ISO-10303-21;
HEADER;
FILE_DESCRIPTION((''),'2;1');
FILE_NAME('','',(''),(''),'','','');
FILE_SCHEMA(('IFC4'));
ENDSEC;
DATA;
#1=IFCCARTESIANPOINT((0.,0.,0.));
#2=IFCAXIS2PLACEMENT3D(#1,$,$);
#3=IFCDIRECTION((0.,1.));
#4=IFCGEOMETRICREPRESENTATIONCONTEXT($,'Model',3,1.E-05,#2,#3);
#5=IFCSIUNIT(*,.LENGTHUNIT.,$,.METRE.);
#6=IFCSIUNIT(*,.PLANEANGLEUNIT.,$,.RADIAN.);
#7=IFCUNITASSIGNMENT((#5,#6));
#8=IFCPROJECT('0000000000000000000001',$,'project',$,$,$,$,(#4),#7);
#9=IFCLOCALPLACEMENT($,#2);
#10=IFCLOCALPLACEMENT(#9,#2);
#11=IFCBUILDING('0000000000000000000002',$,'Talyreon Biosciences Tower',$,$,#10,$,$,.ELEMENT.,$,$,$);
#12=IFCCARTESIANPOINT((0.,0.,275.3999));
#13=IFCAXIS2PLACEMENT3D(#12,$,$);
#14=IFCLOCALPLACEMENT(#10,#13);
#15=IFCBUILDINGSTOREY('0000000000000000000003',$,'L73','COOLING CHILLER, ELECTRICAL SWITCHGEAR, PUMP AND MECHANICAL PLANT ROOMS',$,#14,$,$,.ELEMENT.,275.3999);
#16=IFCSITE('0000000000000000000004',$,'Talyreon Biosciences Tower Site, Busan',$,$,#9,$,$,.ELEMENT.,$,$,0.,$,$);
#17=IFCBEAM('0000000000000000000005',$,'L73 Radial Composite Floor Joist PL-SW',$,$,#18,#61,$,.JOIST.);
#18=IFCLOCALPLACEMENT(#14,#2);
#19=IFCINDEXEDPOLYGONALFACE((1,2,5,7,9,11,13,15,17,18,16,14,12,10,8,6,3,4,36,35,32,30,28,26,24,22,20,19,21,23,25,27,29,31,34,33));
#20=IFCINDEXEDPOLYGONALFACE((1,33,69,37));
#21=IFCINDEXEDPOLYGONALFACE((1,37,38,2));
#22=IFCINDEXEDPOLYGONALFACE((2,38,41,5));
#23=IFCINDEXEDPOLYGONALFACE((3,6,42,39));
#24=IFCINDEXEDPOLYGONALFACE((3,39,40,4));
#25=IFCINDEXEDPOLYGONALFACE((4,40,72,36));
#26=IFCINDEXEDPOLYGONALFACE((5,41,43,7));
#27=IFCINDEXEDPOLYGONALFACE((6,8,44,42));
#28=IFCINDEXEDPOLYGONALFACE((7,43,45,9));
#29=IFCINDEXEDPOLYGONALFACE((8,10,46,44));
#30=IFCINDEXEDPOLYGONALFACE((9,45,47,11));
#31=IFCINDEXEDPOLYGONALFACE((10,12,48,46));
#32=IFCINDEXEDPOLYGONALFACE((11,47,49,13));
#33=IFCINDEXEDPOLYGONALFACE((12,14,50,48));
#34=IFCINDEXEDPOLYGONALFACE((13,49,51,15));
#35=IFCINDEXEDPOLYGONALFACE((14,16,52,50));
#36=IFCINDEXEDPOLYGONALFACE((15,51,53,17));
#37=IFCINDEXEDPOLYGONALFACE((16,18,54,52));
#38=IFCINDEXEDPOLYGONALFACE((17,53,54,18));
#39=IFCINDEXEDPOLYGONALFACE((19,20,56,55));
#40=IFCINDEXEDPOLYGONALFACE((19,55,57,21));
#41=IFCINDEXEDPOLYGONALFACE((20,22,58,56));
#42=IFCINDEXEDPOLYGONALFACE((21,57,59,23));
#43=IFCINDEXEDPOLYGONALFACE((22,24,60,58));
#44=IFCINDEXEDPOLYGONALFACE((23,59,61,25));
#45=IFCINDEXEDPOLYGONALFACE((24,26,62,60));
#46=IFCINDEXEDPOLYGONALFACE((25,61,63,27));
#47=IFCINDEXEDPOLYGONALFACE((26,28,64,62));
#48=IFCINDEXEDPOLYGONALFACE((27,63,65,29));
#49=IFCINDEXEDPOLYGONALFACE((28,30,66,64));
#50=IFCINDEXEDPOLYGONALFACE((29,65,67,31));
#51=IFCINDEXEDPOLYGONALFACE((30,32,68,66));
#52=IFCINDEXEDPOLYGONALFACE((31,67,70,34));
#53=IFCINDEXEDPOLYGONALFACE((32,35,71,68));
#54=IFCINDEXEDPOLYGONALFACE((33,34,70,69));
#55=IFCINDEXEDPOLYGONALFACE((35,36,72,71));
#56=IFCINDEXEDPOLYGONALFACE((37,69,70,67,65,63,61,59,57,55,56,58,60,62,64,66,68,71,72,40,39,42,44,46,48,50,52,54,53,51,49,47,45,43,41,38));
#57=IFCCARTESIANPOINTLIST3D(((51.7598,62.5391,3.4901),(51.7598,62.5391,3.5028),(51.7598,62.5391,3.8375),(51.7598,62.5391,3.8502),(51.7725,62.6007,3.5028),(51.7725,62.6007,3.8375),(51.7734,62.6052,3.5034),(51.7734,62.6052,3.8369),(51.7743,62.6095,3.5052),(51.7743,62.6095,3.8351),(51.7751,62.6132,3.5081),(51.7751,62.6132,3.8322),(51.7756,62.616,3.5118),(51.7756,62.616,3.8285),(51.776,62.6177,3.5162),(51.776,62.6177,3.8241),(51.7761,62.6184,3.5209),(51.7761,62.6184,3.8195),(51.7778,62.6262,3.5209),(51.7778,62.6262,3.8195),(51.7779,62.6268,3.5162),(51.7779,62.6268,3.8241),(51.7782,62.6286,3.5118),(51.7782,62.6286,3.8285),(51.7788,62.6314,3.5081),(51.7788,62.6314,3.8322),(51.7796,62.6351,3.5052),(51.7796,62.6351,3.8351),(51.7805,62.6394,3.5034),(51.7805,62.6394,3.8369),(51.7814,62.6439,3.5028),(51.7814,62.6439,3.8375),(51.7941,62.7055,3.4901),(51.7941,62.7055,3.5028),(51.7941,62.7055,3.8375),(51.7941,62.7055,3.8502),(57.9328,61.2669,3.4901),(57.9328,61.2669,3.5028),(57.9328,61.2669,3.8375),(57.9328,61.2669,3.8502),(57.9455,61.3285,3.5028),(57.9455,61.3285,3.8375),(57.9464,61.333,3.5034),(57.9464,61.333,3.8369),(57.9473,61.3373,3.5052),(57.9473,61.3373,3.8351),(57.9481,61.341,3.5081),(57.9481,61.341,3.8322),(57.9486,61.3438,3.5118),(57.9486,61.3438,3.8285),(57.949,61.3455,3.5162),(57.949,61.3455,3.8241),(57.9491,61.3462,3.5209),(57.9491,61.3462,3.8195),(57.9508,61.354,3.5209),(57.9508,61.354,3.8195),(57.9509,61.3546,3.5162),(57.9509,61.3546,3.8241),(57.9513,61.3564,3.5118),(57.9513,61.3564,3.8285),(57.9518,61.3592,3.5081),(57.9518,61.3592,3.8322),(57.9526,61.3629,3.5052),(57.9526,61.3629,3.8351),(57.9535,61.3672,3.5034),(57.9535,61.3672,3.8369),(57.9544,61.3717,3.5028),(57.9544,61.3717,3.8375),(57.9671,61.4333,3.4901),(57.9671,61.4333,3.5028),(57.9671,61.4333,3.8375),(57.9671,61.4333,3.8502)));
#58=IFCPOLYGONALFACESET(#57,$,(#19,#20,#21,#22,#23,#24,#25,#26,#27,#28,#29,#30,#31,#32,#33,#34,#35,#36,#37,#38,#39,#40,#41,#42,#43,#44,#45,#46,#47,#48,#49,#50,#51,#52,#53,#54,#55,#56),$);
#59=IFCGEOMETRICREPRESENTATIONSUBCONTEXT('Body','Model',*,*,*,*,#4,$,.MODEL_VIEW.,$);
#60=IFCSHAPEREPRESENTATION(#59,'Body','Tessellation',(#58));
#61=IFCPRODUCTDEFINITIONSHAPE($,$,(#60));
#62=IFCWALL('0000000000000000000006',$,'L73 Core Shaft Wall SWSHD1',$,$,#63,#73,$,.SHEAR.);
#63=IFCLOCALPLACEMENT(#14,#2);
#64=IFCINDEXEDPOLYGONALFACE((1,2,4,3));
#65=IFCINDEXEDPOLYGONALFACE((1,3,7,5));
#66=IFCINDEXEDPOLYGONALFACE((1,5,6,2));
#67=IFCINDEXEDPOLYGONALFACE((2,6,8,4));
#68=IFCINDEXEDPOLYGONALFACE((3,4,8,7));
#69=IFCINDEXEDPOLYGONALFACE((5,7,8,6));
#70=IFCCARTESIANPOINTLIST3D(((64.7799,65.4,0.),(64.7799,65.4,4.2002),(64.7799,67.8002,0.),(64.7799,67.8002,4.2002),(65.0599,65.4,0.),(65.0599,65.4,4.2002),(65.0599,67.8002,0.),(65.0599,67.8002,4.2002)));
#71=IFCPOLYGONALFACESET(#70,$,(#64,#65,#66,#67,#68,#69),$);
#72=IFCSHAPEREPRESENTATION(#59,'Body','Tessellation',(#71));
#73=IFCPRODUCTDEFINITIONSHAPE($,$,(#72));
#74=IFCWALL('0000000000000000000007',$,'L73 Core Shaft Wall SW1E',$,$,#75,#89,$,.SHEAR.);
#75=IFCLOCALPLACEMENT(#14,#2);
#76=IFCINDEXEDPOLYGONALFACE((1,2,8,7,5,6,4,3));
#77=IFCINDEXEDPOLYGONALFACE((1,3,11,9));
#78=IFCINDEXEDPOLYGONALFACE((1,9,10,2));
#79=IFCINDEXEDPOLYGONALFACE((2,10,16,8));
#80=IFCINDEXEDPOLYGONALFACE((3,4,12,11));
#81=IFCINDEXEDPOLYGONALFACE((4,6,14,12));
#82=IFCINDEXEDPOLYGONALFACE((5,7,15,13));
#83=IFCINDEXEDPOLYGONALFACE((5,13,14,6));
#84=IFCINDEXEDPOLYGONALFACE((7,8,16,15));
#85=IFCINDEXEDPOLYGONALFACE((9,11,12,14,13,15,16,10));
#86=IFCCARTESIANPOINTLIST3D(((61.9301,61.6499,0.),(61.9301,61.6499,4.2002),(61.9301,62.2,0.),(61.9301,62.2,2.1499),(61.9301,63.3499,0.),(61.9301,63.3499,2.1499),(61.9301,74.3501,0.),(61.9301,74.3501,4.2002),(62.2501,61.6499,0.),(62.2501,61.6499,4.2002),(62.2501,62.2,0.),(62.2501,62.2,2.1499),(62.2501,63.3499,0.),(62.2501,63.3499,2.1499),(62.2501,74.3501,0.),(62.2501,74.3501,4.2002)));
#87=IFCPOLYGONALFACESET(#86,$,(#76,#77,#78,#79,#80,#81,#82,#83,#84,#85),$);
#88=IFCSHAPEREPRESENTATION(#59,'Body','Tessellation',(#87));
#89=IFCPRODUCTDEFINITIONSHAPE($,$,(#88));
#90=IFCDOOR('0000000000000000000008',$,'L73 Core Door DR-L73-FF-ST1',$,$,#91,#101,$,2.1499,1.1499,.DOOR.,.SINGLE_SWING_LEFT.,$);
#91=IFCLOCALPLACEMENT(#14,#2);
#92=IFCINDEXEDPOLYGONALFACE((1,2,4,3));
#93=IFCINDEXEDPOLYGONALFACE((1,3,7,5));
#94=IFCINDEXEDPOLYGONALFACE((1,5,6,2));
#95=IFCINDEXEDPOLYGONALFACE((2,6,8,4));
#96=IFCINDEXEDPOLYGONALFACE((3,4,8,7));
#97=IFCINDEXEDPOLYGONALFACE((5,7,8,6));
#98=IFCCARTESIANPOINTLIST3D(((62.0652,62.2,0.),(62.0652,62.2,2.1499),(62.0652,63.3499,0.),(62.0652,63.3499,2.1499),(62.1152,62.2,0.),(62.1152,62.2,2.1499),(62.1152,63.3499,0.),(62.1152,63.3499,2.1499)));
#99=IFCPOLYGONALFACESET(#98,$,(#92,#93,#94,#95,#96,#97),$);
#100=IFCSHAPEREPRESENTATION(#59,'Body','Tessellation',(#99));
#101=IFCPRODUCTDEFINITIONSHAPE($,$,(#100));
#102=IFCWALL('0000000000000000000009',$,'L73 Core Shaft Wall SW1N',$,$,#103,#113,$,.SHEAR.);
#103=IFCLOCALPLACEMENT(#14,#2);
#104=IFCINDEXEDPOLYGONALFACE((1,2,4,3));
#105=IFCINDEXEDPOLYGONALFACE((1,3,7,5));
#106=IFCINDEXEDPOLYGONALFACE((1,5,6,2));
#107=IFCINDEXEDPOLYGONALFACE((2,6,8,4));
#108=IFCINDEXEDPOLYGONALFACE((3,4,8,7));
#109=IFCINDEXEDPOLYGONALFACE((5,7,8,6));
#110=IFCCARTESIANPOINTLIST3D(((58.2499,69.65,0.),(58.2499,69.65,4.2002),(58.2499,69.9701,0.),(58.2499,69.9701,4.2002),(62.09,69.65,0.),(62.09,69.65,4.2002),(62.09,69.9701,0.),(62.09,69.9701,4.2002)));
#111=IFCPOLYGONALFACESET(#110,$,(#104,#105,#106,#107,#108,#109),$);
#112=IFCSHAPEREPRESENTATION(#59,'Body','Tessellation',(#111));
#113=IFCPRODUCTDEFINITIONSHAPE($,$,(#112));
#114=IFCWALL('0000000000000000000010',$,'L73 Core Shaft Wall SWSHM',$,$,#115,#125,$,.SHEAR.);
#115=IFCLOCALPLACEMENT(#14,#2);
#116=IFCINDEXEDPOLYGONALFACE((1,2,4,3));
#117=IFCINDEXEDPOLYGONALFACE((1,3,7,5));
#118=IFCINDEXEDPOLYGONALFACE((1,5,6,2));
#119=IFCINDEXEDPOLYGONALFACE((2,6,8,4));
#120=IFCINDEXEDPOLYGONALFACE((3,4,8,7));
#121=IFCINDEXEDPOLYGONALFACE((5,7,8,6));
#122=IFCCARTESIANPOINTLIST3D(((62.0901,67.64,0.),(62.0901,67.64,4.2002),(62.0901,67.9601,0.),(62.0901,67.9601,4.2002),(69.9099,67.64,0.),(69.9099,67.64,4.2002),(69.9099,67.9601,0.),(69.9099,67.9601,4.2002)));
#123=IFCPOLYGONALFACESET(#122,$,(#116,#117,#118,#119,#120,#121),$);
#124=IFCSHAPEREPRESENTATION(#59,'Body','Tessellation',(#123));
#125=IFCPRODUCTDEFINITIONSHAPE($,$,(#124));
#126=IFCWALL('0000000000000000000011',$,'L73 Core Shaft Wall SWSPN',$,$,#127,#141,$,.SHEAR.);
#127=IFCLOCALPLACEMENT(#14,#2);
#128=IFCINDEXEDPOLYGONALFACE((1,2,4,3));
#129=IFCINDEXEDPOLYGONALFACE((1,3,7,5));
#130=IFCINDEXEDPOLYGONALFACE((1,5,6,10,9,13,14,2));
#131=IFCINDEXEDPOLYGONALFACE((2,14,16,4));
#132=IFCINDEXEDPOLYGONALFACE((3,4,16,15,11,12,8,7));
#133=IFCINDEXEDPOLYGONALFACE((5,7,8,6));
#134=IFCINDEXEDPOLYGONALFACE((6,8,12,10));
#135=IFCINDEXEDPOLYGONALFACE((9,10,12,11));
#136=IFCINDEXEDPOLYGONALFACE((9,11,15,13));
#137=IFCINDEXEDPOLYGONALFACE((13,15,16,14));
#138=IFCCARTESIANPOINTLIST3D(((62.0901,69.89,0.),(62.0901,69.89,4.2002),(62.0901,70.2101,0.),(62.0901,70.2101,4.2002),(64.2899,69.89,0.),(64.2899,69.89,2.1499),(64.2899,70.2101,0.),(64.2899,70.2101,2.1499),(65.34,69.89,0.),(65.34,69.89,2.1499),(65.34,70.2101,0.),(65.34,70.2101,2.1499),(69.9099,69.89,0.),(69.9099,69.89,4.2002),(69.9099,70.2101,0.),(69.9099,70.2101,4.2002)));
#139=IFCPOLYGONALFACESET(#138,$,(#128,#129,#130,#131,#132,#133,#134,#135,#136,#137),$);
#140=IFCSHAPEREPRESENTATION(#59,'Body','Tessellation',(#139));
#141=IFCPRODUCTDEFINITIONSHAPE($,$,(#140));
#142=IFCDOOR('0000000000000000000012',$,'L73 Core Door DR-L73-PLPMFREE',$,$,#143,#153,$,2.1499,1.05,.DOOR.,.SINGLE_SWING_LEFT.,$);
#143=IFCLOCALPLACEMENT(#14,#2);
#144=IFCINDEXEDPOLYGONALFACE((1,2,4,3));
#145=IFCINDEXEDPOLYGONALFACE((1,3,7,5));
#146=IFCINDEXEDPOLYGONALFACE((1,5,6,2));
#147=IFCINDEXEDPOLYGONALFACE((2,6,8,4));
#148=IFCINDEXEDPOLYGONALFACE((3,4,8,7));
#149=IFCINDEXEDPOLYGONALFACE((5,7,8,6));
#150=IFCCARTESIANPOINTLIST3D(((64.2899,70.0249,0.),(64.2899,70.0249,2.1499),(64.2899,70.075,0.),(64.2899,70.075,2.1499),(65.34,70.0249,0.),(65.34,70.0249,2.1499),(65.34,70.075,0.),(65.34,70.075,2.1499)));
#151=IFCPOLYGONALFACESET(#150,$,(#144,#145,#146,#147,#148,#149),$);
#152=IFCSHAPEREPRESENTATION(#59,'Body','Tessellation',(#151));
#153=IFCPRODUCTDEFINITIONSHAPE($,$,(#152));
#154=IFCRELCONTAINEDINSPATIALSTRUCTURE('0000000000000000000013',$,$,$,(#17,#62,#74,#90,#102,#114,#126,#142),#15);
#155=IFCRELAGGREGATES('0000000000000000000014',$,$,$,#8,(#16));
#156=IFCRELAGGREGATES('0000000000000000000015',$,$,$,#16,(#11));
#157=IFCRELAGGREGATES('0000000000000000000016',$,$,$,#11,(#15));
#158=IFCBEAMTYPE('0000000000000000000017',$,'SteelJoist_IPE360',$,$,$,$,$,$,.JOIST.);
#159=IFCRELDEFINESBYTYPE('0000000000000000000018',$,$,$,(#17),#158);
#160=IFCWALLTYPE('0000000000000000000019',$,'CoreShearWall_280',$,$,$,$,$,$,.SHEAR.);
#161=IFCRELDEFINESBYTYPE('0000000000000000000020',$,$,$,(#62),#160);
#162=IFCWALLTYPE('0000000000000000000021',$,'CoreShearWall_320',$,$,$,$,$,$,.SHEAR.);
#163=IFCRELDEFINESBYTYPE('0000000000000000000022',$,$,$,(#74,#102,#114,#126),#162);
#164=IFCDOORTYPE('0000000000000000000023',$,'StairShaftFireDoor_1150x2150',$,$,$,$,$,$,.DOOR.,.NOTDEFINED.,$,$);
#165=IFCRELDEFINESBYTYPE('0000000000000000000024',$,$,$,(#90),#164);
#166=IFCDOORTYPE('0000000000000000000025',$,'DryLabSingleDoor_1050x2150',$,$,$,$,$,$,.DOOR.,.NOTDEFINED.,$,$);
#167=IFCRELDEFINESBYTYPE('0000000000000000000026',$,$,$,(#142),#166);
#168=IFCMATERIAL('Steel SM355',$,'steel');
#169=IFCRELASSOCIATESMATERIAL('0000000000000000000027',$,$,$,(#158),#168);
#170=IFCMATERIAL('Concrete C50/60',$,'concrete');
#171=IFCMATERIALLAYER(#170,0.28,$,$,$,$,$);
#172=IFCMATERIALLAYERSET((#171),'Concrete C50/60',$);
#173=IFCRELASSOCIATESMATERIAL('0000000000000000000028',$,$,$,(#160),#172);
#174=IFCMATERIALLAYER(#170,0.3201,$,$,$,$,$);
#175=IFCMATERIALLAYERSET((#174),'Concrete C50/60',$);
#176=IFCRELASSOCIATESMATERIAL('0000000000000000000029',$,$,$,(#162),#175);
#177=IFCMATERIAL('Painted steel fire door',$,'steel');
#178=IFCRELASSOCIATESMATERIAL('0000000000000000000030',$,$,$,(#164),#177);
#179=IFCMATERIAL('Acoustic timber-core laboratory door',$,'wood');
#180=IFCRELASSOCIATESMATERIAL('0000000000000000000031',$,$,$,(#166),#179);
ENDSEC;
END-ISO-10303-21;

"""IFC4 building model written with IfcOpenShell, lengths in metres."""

from ifc_helpers import new_model, si_unit, direction, frame, frame_2d, origin, origin_2d, place, context, subcontext, project, spatial, rectangle, i_section, extrude, material, layer, layer_set, material_profile, profile_set, type_object, element, fill, save


model = new_model("IFC4")

# Units and contexts
model_context = context("Model", 3, precision=1e-05, world=origin(), true_north=direction((0.0, 1.0)))
body_context = subcontext(model_context, "Body", "Model", "MODEL_VIEW")
ifc_project = project(units=[si_unit("LENGTHUNIT", "METRE"), si_unit("PLANEANGLEUNIT", "RADIAN")], contexts=[model_context])

# Site, building, storey
site_placement = place(None, origin())
site = spatial("IfcSite", under=ifc_project, at=site_placement, Name="Talyreon Biosciences Tower Site, Busan", CompositionType="ELEMENT", RefElevation=0.0)
building_placement = place(site_placement, origin())
building = spatial("IfcBuilding", under=site, at=building_placement, Name="Talyreon Biosciences Tower", CompositionType="ELEMENT")
storey_placement = place(building_placement, frame((0.0, 0.0, 275.3999)))
storey = spatial("IfcBuildingStorey", under=building, at=storey_placement, Name="L73", Description="COOLING CHILLER, ELECTRICAL SWITCHGEAR, PUMP AND MECHANICAL PLANT ROOMS", CompositionType="ELEMENT", Elevation=275.3999)

# Beam
ifc_material_1 = material(Name="Steel SM355", Category="steel")
ifc_material_profile = material_profile(ifc_material_1, i_section(OverallWidth=0.1699, OverallDepth=0.3601, WebThickness=0.0081, FlangeThickness=0.0127, FilletRadius=0.0181, at=origin_2d()), Name="IPE360")
ifc_profile_set = profile_set([ifc_material_profile], Name="Steel SM355")
beam_type = type_object("IfcBeamType", Name="SteelJoist_IPE360", PredefinedType="JOIST", material=ifc_profile_set)
beam_placement = place(storey_placement, frame((57.95, 61.3501, 3.6702), z_axis=(-0.979417, 0.201849, 0.0), x_axis=(-0.201849, -0.979417, 0.0)))
element("IfcBeam", 1, at=beam_placement, inside=storey, type_object=beam_type, Name="L73 Radial Composite Floor Joist PL-SW", PredefinedType="JOIST", context=body_context, shape_type="SweptSolid", body=[
    extrude(i_section(OverallWidth=0.1699, OverallDepth=0.3601, WebThickness=0.0081, FlangeThickness=0.0127, FilletRadius=0.0181, at=origin_2d()), origin(), (0.0, 0.0, 1.0), 6.3027),
])

# Wall
ifc_material_2 = material(Name="Concrete C50/60", Category="concrete")
ifc_layer_1 = layer(ifc_material_2, 0.28)
ifc_layer_set_1 = layer_set([ifc_layer_1], Name="Concrete C50/60")
wall_type_1 = type_object("IfcWallType", Name="CoreShearWall_280", PredefinedType="SHEAR", material=ifc_layer_set_1)
wall_1_placement = place(storey_placement, frame((64.9199, 65.3999, 0.0), z_axis=(0.0, 0.0, 1.0), x_axis=(0.0, 1.0, 0.0)))
element("IfcWall", 2, at=wall_1_placement, inside=storey, type_object=wall_type_1, Name="L73 Core Shaft Wall SWSHD1", PredefinedType="SHEAR", context=body_context, shape_type="SweptSolid", body=[
    extrude(rectangle(XDim=2.4001, YDim=0.28, at=frame_2d((1.2002, 0.0))), origin(), (0.0, 0.0, 1.0), 4.2002),
])

# Wall, opening, door
ifc_layer_2 = layer(ifc_material_2, 0.3201)
ifc_layer_set_2 = layer_set([ifc_layer_2], Name="Concrete C50/60")
wall_type_2 = type_object("IfcWallType", Name="CoreShearWall_320", PredefinedType="SHEAR", material=ifc_layer_set_2)
wall_2_placement = place(storey_placement, frame((62.0901, 61.6499, 0.0), z_axis=(0.0, 0.0, 1.0), x_axis=(0.0, 1.0, 0.0)))
wall_2 = element("IfcWall", 3, at=wall_2_placement, inside=storey, type_object=wall_type_2, Name="L73 Core Shaft Wall SW1E", PredefinedType="SHEAR", context=body_context, shape_type="SweptSolid", body=[
    extrude(rectangle(XDim=12.7002, YDim=0.3201, at=frame_2d((6.3501, 0.0))), origin(), (0.0, 0.0, 1.0), 4.2002),
])
opening_1_placement = place(wall_2_placement, frame((0.55, 0.0, 0.0)))
opening_1 = element("IfcOpeningElement", 4, at=opening_1_placement, cuts=wall_2, PredefinedType="OPENING", context=body_context, shape_type="SweptSolid", body=[
    extrude(rectangle(XDim=1.1499, YDim=2.1499, at=frame_2d((0.575, 1.075))), frame((0.0, 0.1699, 0.0), z_axis=(0.0, -1.0, 0.0), x_axis=(1.0, 0.0, 0.0)), (0.0, 0.0, 1.0), 0.3401),
])
ifc_material_3 = material(Name="Painted steel fire door", Category="steel")
door_type_1 = type_object("IfcDoorType", Name="StairShaftFireDoor_1150x2150", OperationType="NOTDEFINED", PredefinedType="DOOR", material=ifc_material_3)
door_1_placement = place(opening_1_placement, origin())
door_1 = element("IfcDoor", 5, at=door_1_placement, inside=storey, type_object=door_type_1, Name="L73 Core Door DR-L73-FF-ST1", OperationType="SINGLE_SWING_LEFT", OverallHeight=2.1499, OverallWidth=1.1499, PredefinedType="DOOR", context=body_context, shape_type="SweptSolid", body=[
    extrude(rectangle(XDim=1.1499, YDim=2.1499, at=frame_2d((0.575, 1.075))), frame((0.0, 0.0249, 0.0), z_axis=(0.0, -1.0, 0.0), x_axis=(1.0, 0.0, 0.0)), (0.0, 0.0, 1.0), 0.05),
])
fill(opening_1, door_1)

# Walls
wall_3_placement = place(storey_placement, frame((58.25, 69.8101, 0.0), z_axis=(0.0, 0.0, 1.0), x_axis=(1.0, 0.0, 0.0)))
element("IfcWall", 6, at=wall_3_placement, inside=storey, type_object=wall_type_2, Name="L73 Core Shaft Wall SW1N", PredefinedType="SHEAR", context=body_context, shape_type="SweptSolid", body=[
    extrude(rectangle(XDim=3.8401, YDim=0.3201, at=frame_2d((1.9199, 0.0))), origin(), (0.0, 0.0, 1.0), 4.2002),
])
wall_4_placement = place(storey_placement, frame((62.0901, 67.8, 0.0), z_axis=(0.0, 0.0, 1.0), x_axis=(1.0, 0.0, 0.0)))
element("IfcWall", 7, at=wall_4_placement, inside=storey, type_object=wall_type_2, Name="L73 Core Shaft Wall SWSHM", PredefinedType="SHEAR", context=body_context, shape_type="SweptSolid", body=[
    extrude(rectangle(XDim=7.8198, YDim=0.3201, at=frame_2d((3.9099, 0.0))), origin(), (0.0, 0.0, 1.0), 4.2002),
])

# Wall, opening, door
wall_5_placement = place(storey_placement, frame((62.0901, 70.05, 0.0), z_axis=(0.0, 0.0, 1.0), x_axis=(1.0, 0.0, 0.0)))
wall_5 = element("IfcWall", 8, at=wall_5_placement, inside=storey, type_object=wall_type_2, Name="L73 Core Shaft Wall SWSPN", PredefinedType="SHEAR", context=body_context, shape_type="SweptSolid", body=[
    extrude(rectangle(XDim=7.8198, YDim=0.3201, at=frame_2d((3.9099, 0.0))), origin(), (0.0, 0.0, 1.0), 4.2002),
])
opening_2_placement = place(wall_5_placement, frame((2.2, 0.0, 0.0)))
opening_2 = element("IfcOpeningElement", 9, at=opening_2_placement, cuts=wall_5, PredefinedType="OPENING", context=body_context, shape_type="SweptSolid", body=[
    extrude(rectangle(XDim=1.05, YDim=2.1499, at=frame_2d((0.5249, 1.075))), frame((0.0, 0.1699, 0.0), z_axis=(0.0, -1.0, 0.0), x_axis=(1.0, 0.0, 0.0)), (0.0, 0.0, 1.0), 0.3401),
])
ifc_material_4 = material(Name="Acoustic timber-core laboratory door", Category="wood")
door_type_2 = type_object("IfcDoorType", Name="DryLabSingleDoor_1050x2150", OperationType="NOTDEFINED", PredefinedType="DOOR", material=ifc_material_4)
door_2_placement = place(opening_2_placement, origin())
door_2 = element("IfcDoor", 10, at=door_2_placement, inside=storey, type_object=door_type_2, Name="L73 Core Door DR-L73-PLPMFREE", OperationType="SINGLE_SWING_LEFT", OverallHeight=2.1499, OverallWidth=1.05, PredefinedType="DOOR", context=body_context, shape_type="SweptSolid", body=[
    extrude(rectangle(XDim=1.05, YDim=2.1499, at=frame_2d((0.5249, 1.075))), frame((0.0, 0.0249, 0.0), z_axis=(0.0, -1.0, 0.0), x_axis=(1.0, 0.0, 0.0)), (0.0, 0.0, 1.0), 0.05),
])
fill(opening_2, door_2)

save(model, "model.ifc")
